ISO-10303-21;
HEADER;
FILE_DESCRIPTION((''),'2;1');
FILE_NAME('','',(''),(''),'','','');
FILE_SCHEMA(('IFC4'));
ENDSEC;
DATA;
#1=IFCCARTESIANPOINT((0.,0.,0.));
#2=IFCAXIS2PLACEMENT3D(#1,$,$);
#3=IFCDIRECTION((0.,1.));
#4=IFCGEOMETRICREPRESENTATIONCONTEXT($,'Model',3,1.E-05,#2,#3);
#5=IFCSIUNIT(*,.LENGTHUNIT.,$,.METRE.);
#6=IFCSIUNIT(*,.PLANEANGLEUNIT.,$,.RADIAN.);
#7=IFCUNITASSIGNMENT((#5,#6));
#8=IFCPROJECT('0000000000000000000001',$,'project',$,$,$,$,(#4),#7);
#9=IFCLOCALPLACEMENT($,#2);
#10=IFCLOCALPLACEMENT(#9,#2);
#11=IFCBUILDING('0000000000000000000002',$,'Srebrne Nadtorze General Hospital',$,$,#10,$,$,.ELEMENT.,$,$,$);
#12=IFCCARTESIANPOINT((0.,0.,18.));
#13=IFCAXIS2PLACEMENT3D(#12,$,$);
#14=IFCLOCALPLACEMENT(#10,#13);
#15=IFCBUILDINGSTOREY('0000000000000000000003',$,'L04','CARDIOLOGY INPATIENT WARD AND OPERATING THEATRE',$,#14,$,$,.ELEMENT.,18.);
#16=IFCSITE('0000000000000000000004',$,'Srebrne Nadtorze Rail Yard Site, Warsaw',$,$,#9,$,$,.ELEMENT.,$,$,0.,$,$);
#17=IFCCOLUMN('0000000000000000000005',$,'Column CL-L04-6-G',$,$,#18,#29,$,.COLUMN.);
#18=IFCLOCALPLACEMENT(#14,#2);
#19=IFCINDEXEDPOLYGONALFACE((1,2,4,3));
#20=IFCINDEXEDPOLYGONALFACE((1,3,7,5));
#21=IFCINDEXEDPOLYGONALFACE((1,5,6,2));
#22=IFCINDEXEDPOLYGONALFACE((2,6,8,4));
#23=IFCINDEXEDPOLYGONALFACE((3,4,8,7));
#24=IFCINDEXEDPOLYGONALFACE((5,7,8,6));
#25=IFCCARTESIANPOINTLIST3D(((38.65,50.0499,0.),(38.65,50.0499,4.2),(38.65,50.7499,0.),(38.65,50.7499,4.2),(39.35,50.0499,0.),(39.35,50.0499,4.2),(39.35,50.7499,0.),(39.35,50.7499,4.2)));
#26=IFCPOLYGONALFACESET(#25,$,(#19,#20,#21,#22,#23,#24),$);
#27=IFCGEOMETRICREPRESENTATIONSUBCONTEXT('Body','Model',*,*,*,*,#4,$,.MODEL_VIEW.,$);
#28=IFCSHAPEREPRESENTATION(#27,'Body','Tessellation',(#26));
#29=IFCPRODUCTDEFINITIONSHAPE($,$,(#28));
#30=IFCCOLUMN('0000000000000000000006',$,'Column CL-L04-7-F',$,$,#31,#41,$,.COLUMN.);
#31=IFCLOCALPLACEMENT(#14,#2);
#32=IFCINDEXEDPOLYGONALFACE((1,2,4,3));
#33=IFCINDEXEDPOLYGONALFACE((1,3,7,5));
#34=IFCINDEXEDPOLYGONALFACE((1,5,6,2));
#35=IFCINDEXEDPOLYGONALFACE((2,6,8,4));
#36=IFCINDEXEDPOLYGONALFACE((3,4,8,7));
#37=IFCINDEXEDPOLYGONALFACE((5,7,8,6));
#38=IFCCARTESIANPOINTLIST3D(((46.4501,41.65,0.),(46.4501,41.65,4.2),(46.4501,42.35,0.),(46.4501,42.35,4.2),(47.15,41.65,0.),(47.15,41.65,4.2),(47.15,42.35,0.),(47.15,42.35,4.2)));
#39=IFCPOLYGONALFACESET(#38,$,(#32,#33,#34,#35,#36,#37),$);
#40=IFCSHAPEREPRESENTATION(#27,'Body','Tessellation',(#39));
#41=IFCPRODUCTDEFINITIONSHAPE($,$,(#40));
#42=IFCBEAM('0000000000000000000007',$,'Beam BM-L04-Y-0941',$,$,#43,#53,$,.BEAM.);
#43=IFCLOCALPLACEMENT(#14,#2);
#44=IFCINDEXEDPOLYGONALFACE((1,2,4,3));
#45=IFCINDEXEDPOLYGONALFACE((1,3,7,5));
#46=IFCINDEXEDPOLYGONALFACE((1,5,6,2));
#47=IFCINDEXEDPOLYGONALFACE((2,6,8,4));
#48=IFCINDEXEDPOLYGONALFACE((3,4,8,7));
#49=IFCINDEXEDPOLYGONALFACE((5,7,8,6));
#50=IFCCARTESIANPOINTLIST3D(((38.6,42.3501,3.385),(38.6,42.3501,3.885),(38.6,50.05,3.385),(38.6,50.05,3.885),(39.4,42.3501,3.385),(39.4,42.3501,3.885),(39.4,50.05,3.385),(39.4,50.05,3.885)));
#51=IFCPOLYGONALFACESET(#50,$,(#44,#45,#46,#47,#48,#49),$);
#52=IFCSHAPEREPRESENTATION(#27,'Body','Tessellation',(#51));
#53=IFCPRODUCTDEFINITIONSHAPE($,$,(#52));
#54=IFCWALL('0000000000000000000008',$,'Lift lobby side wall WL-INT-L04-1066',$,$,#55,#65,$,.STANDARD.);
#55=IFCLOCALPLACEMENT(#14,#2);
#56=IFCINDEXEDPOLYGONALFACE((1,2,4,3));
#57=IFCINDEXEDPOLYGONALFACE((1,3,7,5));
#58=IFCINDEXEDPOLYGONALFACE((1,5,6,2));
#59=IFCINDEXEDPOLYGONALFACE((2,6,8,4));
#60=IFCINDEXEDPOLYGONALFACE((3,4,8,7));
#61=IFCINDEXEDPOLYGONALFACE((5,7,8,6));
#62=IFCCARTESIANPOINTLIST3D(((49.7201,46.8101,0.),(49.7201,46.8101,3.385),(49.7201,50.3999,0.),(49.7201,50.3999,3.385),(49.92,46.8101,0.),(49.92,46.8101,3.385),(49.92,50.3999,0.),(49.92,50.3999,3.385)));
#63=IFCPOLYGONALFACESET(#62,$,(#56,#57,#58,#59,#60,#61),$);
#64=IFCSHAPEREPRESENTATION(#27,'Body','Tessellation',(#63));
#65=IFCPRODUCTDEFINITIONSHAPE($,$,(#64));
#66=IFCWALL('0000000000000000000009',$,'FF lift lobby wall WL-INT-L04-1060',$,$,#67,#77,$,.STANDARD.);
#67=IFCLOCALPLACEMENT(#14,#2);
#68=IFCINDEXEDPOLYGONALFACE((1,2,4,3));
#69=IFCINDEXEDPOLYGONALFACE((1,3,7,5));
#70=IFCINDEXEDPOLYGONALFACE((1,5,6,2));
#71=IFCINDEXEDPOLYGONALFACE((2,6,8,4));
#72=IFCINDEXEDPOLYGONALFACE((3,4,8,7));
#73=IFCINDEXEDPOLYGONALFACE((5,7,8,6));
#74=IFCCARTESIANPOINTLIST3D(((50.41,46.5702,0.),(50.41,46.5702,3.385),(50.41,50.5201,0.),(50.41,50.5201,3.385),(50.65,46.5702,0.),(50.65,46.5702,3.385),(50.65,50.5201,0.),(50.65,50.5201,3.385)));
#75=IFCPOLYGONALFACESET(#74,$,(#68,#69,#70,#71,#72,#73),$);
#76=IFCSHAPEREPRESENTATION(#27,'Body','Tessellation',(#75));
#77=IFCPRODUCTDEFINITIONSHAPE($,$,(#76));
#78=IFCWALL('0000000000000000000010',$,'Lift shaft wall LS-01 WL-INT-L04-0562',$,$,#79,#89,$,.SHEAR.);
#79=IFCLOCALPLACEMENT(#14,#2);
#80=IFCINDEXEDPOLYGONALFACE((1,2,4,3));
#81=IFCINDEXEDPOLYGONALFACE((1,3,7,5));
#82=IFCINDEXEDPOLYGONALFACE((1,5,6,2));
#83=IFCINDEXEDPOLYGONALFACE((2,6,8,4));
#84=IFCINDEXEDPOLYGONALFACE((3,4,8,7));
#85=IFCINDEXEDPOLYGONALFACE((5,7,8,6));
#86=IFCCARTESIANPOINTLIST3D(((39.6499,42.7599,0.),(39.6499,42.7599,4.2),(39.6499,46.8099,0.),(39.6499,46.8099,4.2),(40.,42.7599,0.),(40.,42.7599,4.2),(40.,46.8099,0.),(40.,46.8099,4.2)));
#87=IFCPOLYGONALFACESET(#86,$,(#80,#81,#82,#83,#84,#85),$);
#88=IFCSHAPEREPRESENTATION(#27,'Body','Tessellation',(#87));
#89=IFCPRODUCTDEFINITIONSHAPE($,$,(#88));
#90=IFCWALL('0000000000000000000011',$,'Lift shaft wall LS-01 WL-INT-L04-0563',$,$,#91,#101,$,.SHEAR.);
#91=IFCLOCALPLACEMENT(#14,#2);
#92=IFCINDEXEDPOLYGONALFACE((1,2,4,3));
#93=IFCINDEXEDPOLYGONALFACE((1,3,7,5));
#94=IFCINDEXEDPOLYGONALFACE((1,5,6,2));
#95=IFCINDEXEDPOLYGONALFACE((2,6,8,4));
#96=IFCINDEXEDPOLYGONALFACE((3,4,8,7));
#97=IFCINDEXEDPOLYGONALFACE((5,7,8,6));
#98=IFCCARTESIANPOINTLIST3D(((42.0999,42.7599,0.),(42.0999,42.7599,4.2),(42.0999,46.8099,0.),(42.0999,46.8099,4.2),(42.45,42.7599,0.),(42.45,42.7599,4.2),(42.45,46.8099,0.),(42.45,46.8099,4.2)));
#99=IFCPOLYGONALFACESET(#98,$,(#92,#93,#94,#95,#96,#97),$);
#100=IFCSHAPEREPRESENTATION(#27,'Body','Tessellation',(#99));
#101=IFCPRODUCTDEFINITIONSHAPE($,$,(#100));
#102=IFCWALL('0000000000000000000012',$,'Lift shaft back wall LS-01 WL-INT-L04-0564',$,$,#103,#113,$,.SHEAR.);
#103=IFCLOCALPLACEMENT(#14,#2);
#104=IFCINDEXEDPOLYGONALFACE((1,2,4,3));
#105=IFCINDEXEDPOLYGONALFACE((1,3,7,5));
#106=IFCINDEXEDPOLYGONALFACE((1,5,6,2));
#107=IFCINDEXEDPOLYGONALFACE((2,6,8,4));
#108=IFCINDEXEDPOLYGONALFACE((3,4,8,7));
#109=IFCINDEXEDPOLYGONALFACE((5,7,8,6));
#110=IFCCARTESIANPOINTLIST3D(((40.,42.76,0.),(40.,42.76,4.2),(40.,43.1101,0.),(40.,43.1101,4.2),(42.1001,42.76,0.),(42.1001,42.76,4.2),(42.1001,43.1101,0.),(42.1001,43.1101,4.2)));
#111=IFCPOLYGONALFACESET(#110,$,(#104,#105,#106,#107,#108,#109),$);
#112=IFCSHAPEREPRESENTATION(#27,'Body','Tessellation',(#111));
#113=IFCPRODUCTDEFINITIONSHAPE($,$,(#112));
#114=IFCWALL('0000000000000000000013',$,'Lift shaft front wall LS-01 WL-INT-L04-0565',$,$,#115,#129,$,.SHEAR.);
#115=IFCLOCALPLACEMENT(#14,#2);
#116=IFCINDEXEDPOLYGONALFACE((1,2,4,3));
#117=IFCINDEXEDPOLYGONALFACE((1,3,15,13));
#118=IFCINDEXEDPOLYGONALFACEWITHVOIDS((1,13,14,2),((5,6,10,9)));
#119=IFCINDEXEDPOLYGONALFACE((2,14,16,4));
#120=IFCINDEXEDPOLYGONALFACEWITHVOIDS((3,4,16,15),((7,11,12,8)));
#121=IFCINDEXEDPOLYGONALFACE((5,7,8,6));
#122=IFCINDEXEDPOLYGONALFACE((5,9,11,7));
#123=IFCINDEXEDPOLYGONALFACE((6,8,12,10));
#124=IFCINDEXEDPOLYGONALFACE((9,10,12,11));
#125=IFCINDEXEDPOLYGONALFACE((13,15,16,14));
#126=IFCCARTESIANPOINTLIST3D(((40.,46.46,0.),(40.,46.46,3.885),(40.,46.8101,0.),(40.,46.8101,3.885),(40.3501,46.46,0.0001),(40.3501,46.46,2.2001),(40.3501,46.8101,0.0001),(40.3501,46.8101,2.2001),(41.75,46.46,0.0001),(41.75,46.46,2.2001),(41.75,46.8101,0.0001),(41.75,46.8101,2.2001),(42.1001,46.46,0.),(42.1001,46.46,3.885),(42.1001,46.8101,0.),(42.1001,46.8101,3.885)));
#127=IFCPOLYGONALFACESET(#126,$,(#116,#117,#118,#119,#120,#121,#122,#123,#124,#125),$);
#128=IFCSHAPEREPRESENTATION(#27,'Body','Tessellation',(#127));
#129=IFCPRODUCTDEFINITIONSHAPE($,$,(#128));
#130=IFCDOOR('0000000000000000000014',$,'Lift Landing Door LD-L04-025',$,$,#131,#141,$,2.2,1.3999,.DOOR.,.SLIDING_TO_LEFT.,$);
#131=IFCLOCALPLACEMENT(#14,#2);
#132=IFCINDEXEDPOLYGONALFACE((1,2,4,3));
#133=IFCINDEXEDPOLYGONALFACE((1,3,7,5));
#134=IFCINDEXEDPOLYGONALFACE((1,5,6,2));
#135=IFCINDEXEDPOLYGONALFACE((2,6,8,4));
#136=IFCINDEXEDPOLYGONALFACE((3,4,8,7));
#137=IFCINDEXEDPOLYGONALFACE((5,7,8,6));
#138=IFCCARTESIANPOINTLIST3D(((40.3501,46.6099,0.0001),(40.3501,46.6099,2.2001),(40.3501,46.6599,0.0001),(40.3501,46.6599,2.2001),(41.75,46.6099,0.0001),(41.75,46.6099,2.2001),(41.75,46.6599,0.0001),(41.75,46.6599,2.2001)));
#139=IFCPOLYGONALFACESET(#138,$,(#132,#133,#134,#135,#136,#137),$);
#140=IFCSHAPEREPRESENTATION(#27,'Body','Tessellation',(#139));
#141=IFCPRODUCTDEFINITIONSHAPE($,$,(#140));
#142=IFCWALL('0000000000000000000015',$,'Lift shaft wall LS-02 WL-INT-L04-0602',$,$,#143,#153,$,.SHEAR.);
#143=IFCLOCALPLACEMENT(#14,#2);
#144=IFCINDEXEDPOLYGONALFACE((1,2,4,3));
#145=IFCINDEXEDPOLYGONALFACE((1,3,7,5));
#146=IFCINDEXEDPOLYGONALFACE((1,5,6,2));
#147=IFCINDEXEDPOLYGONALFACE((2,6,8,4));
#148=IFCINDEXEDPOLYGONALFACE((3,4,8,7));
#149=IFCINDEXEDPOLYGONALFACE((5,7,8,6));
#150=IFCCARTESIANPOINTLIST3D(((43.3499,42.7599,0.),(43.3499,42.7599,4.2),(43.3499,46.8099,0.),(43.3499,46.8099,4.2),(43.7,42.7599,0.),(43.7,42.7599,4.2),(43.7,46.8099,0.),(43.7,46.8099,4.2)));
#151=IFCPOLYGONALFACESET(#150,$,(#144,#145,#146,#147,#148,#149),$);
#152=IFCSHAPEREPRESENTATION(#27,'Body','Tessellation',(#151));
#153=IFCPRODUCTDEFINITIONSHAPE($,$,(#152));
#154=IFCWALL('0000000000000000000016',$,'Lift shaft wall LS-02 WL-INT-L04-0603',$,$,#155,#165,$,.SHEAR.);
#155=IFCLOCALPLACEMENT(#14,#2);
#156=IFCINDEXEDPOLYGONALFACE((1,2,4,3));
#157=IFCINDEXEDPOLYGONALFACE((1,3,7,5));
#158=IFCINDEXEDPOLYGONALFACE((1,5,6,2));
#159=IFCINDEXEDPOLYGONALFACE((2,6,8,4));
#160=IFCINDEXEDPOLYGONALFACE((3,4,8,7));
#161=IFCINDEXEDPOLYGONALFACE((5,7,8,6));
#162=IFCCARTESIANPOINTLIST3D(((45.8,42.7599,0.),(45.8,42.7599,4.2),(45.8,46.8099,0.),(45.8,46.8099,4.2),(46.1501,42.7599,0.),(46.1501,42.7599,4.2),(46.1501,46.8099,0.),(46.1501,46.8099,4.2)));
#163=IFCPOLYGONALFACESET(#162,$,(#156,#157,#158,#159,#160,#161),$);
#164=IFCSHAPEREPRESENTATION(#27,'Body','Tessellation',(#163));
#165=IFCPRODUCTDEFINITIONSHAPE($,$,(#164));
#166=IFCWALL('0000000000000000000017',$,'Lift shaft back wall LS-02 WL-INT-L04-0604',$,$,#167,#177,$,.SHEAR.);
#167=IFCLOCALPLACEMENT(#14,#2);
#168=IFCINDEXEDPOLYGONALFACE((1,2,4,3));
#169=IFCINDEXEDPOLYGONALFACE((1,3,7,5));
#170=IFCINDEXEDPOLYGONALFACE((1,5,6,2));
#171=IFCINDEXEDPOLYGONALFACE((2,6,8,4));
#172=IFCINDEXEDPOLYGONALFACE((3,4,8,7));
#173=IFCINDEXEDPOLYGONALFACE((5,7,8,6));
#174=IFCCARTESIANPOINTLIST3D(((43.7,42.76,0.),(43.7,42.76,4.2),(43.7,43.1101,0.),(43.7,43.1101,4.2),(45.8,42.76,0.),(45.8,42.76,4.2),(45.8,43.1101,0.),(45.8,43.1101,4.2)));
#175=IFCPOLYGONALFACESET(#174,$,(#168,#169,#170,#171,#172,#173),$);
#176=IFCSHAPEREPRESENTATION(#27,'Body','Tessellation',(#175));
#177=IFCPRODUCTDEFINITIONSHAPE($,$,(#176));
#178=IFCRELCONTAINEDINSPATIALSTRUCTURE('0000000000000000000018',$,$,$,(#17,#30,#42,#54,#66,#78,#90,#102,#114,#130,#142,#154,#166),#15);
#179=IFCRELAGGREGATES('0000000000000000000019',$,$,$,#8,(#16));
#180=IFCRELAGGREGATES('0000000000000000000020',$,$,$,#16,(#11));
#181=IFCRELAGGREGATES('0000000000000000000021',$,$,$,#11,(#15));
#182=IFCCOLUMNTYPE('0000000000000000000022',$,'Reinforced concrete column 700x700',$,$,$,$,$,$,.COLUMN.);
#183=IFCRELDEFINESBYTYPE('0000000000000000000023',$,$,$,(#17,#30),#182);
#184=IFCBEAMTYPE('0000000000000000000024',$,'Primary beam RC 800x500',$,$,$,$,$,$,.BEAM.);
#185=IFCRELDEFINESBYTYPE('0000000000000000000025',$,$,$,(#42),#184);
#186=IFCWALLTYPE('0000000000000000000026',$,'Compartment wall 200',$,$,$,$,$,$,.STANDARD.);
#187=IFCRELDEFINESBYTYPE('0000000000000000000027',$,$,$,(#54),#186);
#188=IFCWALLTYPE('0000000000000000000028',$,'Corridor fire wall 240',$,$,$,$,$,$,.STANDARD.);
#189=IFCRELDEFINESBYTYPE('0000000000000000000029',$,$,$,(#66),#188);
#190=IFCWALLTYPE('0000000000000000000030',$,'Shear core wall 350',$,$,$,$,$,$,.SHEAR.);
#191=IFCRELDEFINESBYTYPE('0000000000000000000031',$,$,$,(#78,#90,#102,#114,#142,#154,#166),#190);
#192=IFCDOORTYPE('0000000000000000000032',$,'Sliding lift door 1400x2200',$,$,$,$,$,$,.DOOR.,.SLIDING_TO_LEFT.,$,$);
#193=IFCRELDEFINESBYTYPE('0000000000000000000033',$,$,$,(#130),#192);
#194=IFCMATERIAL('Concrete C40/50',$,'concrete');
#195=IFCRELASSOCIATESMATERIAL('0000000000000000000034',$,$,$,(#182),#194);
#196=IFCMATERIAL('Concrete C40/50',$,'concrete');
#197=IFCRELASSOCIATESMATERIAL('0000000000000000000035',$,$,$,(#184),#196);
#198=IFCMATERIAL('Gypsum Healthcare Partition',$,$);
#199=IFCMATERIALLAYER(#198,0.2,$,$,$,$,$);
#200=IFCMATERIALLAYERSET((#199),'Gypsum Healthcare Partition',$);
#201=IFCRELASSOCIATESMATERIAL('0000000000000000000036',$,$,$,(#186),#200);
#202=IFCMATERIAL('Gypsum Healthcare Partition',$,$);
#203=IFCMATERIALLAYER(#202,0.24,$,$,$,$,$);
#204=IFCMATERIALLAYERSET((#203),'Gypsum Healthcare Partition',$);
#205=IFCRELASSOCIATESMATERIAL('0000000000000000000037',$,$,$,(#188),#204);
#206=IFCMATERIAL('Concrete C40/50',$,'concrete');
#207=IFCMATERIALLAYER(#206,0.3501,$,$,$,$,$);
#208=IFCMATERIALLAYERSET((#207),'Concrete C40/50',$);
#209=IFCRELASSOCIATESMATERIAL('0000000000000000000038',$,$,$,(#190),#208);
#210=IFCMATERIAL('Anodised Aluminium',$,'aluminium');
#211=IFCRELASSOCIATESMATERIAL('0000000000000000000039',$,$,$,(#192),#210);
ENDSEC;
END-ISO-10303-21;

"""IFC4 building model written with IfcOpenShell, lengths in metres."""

from ifc_helpers import new_model, si_unit, direction, frame, frame_2d, origin, origin_2d, place, context, subcontext, project, spatial, rectangle, extrude, material, layer, layer_set, material_profile, profile_set, type_object, element, fill, save


model = new_model("IFC4")

# Units and contexts
model_context = context("Model", 3, precision=1e-05, world=origin(), true_north=direction((0.0, 1.0)))
body_context = subcontext(model_context, "Body", "Model", "MODEL_VIEW")
ifc_project = project(units=[si_unit("LENGTHUNIT", "METRE"), si_unit("PLANEANGLEUNIT", "RADIAN")], contexts=[model_context])

# Site, building, storey
site_placement = place(None, origin())
site = spatial("IfcSite", under=ifc_project, at=site_placement, Name="Srebrne Nadtorze Rail Yard Site, Warsaw", CompositionType="ELEMENT", RefElevation=0.0)
building_placement = place(site_placement, origin())
building = spatial("IfcBuilding", under=site, at=building_placement, Name="Srebrne Nadtorze General Hospital", CompositionType="ELEMENT")
storey_placement = place(building_placement, frame((0.0, 0.0, 18.0)))
storey = spatial("IfcBuildingStorey", under=building, at=storey_placement, Name="L04", Description="CARDIOLOGY INPATIENT WARD AND OPERATING THEATRE", CompositionType="ELEMENT", Elevation=18.0)

# Columns
ifc_material_1 = material(Name="Concrete C40/50", Category="concrete")
ifc_material_profile_1 = material_profile(ifc_material_1, rectangle(XDim=0.7, YDim=0.7, at=origin_2d()), Name="RC-COL-700x700")
ifc_profile_set_1 = profile_set([ifc_material_profile_1], Name="Concrete C40/50")
column_type = type_object("IfcColumnType", Name="Reinforced concrete column 700x700", PredefinedType="COLUMN", material=ifc_profile_set_1)
for number, where, z_axis, x_axis, name in (
    (1, (39.0, 50.3999, 0.0), (0.0, 0.0, 1.0), (1.0, 0.0, 0.0), "Column CL-L04-6-G"),
    (2, (46.8, 42.0, 0.0), (0.0, 0.0, 1.0), (1.0, 0.0, 0.0), "Column CL-L04-7-F"),
):
    element("IfcColumn", number, at=place(storey_placement, frame(where, z_axis=z_axis, x_axis=x_axis)), inside=storey, type_object=column_type, Name=name, PredefinedType="COLUMN", context=body_context, shape_type="SweptSolid", body=[
        extrude(rectangle(XDim=0.7, YDim=0.7, at=origin_2d()), origin(), (0.0, 0.0, 1.0), 4.2),
    ])

# Beam
ifc_material_2 = material(Name="Concrete C40/50", Category="concrete")
ifc_material_profile_2 = material_profile(ifc_material_2, rectangle(XDim=0.8, YDim=0.5, at=origin_2d()), Name="RC-BM-800x500")
ifc_profile_set_2 = profile_set([ifc_material_profile_2], Name="Concrete C40/50")
beam_type = type_object("IfcBeamType", Name="Primary beam RC 800x500", PredefinedType="BEAM", material=ifc_profile_set_2)
beam_placement = place(storey_placement, frame((39.0, 42.3501, 3.635), z_axis=(0.0, 1.0, 0.0), x_axis=(-1.0, 0.0, 0.0)))
element("IfcBeam", 3, at=beam_placement, inside=storey, type_object=beam_type, Name="Beam BM-L04-Y-0941", PredefinedType="BEAM", context=body_context, shape_type="SweptSolid", body=[
    extrude(rectangle(XDim=0.8, YDim=0.5, at=origin_2d()), origin(), (0.0, 0.0, 1.0), 7.7),
])

# Walls
ifc_material_3 = material(Name="Gypsum Healthcare Partition")
ifc_layer_1 = layer(ifc_material_3, 0.2)
ifc_layer_set_1 = layer_set([ifc_layer_1], Name="Gypsum Healthcare Partition")
wall_type_1 = type_object("IfcWallType", Name="Compartment wall 200", PredefinedType="STANDARD", material=ifc_layer_set_1)
wall_1_placement = place(storey_placement, frame((49.8201, 46.8101, 0.0), z_axis=(0.0, 0.0, 1.0), x_axis=(0.0, 1.0, 0.0)))
element("IfcWall", 4, at=wall_1_placement, inside=storey, type_object=wall_type_1, Name="Lift lobby side wall WL-INT-L04-1066", PredefinedType="STANDARD", context=body_context, shape_type="SweptSolid", body=[
    extrude(rectangle(XDim=3.5898, YDim=0.2, at=frame_2d((1.7949, 0.0))), origin(), (0.0, 0.0, 1.0), 3.385),
])
ifc_material_4 = material(Name="Gypsum Healthcare Partition")
ifc_layer_2 = layer(ifc_material_4, 0.24)
ifc_layer_set_2 = layer_set([ifc_layer_2], Name="Gypsum Healthcare Partition")
wall_type_2 = type_object("IfcWallType", Name="Corridor fire wall 240", PredefinedType="STANDARD", material=ifc_layer_set_2)
wall_2_placement = place(storey_placement, frame((50.53, 46.5701, 0.0), z_axis=(0.0, 0.0, 1.0), x_axis=(0.0, 1.0, 0.0)))
element("IfcWall", 5, at=wall_2_placement, inside=storey, type_object=wall_type_2, Name="FF lift lobby wall WL-INT-L04-1060", PredefinedType="STANDARD", context=body_context, shape_type="SweptSolid", body=[
    extrude(rectangle(XDim=3.95, YDim=0.24, at=frame_2d((1.9751, 0.0))), origin(), (0.0, 0.0, 1.0), 3.385),
])
ifc_material_5 = material(Name="Concrete C40/50", Category="concrete")
ifc_layer_3 = layer(ifc_material_5, 0.3501)
ifc_layer_set_3 = layer_set([ifc_layer_3], Name="Concrete C40/50")
wall_type_3 = type_object("IfcWallType", Name="Shear core wall 350", PredefinedType="SHEAR", material=ifc_layer_set_3)
for number, where, z_axis, x_axis, name in (
    (6, (39.825, 42.76, 0.0), (0.0, 0.0, 1.0), (0.0, 1.0, 0.0), "Lift shaft wall LS-01 WL-INT-L04-0562"),
    (7, (42.2749, 42.76, 0.0), (0.0, 0.0, 1.0), (0.0, 1.0, 0.0), "Lift shaft wall LS-01 WL-INT-L04-0563"),
):
    element("IfcWall", number, at=place(storey_placement, frame(where, z_axis=z_axis, x_axis=x_axis)), inside=storey, type_object=wall_type_3, Name=name, PredefinedType="SHEAR", context=body_context, shape_type="SweptSolid", body=[
        extrude(rectangle(XDim=4.05, YDim=0.3501, at=frame_2d((2.0249, 0.0))), origin(), (0.0, 0.0, 1.0), 4.2),
    ])
wall_3_placement = place(storey_placement, frame((40.0, 42.9351, 0.0), z_axis=(0.0, 0.0, 1.0), x_axis=(1.0, 0.0, 0.0)))
element("IfcWall", 8, at=wall_3_placement, inside=storey, type_object=wall_type_3, Name="Lift shaft back wall LS-01 WL-INT-L04-0564", PredefinedType="SHEAR", context=body_context, shape_type="SweptSolid", body=[
    extrude(rectangle(XDim=2.1001, YDim=0.3501, at=frame_2d((1.05, 0.0))), origin(), (0.0, 0.0, 1.0), 4.2),
])

# Wall, opening, door
wall_4_placement = place(storey_placement, frame((40.0, 46.635, 0.0), z_axis=(0.0, 0.0, 1.0), x_axis=(1.0, 0.0, 0.0)))
wall_4 = element("IfcWall", 9, at=wall_4_placement, inside=storey, type_object=wall_type_3, Name="Lift shaft front wall LS-01 WL-INT-L04-0565", PredefinedType="SHEAR", context=body_context, shape_type="SweptSolid", body=[
    extrude(rectangle(XDim=2.1001, YDim=0.3501, at=frame_2d((1.05, 0.0))), origin(), (0.0, 0.0, 1.0), 3.885),
])
opening_1_placement = place(wall_4_placement, frame((0.3501, 0.0, 0.0)))
opening_1 = element("IfcOpeningElement", 10, at=opening_1_placement, cuts=wall_4, PredefinedType="OPENING", context=body_context, shape_type="SweptSolid", body=[
    extrude(rectangle(XDim=1.3999, YDim=2.2, at=frame_2d((0.7, 1.1001))), frame((0.0, 0.187, 0.0), z_axis=(0.0, -1.0, 0.0), x_axis=(1.0, 0.0, 0.0)), (0.0, 0.0, 1.0), 0.374),
])
ifc_material_6 = material(Name="Anodised Aluminium", Category="aluminium")
door_type_1 = type_object("IfcDoorType", Name="Sliding lift door 1400x2200", OperationType="SLIDING_TO_LEFT", PredefinedType="DOOR", material=ifc_material_6)
door_1_placement = place(opening_1_placement, origin())
door_1 = element("IfcDoor", 11, at=door_1_placement, inside=storey, type_object=door_type_1, Name="Lift Landing Door LD-L04-025", OperationType="SLIDING_TO_LEFT", OverallHeight=2.2, OverallWidth=1.3999, PredefinedType="DOOR", context=body_context, shape_type="SweptSolid", body=[
    extrude(rectangle(XDim=1.3999, YDim=2.2, at=frame_2d((0.7, 1.1001))), frame((0.0, 0.0249, 0.0), z_axis=(0.0, -1.0, 0.0), x_axis=(1.0, 0.0, 0.0)), (0.0, 0.0, 1.0), 0.05),
])
fill(opening_1, door_1)

# Walls
for number, where, z_axis, x_axis, name in (
    (12, (43.5249, 42.76, 0.0), (0.0, 0.0, 1.0), (0.0, 1.0, 0.0), "Lift shaft wall LS-02 WL-INT-L04-0602"),
    (13, (45.9751, 42.76, 0.0), (0.0, 0.0, 1.0), (0.0, 1.0, 0.0), "Lift shaft wall LS-02 WL-INT-L04-0603"),
):
    element("IfcWall", number, at=place(storey_placement, frame(where, z_axis=z_axis, x_axis=x_axis)), inside=storey, type_object=wall_type_3, Name=name, PredefinedType="SHEAR", context=body_context, shape_type="SweptSolid", body=[
        extrude(rectangle(XDim=4.05, YDim=0.3501, at=frame_2d((2.0249, 0.0))), origin(), (0.0, 0.0, 1.0), 4.2),
    ])
wall_5_placement = place(storey_placement, frame((43.7, 42.9351, 0.0), z_axis=(0.0, 0.0, 1.0), x_axis=(1.0, 0.0, 0.0)))
element("IfcWall", 14, at=wall_5_placement, inside=storey, type_object=wall_type_3, Name="Lift shaft back wall LS-02 WL-INT-L04-0604", PredefinedType="SHEAR", context=body_context, shape_type="SweptSolid", body=[
    extrude(rectangle(XDim=2.1001, YDim=0.3501, at=frame_2d((1.05, 0.0))), origin(), (0.0, 0.0, 1.0), 4.2),
])

save(model, "model.ifc")
